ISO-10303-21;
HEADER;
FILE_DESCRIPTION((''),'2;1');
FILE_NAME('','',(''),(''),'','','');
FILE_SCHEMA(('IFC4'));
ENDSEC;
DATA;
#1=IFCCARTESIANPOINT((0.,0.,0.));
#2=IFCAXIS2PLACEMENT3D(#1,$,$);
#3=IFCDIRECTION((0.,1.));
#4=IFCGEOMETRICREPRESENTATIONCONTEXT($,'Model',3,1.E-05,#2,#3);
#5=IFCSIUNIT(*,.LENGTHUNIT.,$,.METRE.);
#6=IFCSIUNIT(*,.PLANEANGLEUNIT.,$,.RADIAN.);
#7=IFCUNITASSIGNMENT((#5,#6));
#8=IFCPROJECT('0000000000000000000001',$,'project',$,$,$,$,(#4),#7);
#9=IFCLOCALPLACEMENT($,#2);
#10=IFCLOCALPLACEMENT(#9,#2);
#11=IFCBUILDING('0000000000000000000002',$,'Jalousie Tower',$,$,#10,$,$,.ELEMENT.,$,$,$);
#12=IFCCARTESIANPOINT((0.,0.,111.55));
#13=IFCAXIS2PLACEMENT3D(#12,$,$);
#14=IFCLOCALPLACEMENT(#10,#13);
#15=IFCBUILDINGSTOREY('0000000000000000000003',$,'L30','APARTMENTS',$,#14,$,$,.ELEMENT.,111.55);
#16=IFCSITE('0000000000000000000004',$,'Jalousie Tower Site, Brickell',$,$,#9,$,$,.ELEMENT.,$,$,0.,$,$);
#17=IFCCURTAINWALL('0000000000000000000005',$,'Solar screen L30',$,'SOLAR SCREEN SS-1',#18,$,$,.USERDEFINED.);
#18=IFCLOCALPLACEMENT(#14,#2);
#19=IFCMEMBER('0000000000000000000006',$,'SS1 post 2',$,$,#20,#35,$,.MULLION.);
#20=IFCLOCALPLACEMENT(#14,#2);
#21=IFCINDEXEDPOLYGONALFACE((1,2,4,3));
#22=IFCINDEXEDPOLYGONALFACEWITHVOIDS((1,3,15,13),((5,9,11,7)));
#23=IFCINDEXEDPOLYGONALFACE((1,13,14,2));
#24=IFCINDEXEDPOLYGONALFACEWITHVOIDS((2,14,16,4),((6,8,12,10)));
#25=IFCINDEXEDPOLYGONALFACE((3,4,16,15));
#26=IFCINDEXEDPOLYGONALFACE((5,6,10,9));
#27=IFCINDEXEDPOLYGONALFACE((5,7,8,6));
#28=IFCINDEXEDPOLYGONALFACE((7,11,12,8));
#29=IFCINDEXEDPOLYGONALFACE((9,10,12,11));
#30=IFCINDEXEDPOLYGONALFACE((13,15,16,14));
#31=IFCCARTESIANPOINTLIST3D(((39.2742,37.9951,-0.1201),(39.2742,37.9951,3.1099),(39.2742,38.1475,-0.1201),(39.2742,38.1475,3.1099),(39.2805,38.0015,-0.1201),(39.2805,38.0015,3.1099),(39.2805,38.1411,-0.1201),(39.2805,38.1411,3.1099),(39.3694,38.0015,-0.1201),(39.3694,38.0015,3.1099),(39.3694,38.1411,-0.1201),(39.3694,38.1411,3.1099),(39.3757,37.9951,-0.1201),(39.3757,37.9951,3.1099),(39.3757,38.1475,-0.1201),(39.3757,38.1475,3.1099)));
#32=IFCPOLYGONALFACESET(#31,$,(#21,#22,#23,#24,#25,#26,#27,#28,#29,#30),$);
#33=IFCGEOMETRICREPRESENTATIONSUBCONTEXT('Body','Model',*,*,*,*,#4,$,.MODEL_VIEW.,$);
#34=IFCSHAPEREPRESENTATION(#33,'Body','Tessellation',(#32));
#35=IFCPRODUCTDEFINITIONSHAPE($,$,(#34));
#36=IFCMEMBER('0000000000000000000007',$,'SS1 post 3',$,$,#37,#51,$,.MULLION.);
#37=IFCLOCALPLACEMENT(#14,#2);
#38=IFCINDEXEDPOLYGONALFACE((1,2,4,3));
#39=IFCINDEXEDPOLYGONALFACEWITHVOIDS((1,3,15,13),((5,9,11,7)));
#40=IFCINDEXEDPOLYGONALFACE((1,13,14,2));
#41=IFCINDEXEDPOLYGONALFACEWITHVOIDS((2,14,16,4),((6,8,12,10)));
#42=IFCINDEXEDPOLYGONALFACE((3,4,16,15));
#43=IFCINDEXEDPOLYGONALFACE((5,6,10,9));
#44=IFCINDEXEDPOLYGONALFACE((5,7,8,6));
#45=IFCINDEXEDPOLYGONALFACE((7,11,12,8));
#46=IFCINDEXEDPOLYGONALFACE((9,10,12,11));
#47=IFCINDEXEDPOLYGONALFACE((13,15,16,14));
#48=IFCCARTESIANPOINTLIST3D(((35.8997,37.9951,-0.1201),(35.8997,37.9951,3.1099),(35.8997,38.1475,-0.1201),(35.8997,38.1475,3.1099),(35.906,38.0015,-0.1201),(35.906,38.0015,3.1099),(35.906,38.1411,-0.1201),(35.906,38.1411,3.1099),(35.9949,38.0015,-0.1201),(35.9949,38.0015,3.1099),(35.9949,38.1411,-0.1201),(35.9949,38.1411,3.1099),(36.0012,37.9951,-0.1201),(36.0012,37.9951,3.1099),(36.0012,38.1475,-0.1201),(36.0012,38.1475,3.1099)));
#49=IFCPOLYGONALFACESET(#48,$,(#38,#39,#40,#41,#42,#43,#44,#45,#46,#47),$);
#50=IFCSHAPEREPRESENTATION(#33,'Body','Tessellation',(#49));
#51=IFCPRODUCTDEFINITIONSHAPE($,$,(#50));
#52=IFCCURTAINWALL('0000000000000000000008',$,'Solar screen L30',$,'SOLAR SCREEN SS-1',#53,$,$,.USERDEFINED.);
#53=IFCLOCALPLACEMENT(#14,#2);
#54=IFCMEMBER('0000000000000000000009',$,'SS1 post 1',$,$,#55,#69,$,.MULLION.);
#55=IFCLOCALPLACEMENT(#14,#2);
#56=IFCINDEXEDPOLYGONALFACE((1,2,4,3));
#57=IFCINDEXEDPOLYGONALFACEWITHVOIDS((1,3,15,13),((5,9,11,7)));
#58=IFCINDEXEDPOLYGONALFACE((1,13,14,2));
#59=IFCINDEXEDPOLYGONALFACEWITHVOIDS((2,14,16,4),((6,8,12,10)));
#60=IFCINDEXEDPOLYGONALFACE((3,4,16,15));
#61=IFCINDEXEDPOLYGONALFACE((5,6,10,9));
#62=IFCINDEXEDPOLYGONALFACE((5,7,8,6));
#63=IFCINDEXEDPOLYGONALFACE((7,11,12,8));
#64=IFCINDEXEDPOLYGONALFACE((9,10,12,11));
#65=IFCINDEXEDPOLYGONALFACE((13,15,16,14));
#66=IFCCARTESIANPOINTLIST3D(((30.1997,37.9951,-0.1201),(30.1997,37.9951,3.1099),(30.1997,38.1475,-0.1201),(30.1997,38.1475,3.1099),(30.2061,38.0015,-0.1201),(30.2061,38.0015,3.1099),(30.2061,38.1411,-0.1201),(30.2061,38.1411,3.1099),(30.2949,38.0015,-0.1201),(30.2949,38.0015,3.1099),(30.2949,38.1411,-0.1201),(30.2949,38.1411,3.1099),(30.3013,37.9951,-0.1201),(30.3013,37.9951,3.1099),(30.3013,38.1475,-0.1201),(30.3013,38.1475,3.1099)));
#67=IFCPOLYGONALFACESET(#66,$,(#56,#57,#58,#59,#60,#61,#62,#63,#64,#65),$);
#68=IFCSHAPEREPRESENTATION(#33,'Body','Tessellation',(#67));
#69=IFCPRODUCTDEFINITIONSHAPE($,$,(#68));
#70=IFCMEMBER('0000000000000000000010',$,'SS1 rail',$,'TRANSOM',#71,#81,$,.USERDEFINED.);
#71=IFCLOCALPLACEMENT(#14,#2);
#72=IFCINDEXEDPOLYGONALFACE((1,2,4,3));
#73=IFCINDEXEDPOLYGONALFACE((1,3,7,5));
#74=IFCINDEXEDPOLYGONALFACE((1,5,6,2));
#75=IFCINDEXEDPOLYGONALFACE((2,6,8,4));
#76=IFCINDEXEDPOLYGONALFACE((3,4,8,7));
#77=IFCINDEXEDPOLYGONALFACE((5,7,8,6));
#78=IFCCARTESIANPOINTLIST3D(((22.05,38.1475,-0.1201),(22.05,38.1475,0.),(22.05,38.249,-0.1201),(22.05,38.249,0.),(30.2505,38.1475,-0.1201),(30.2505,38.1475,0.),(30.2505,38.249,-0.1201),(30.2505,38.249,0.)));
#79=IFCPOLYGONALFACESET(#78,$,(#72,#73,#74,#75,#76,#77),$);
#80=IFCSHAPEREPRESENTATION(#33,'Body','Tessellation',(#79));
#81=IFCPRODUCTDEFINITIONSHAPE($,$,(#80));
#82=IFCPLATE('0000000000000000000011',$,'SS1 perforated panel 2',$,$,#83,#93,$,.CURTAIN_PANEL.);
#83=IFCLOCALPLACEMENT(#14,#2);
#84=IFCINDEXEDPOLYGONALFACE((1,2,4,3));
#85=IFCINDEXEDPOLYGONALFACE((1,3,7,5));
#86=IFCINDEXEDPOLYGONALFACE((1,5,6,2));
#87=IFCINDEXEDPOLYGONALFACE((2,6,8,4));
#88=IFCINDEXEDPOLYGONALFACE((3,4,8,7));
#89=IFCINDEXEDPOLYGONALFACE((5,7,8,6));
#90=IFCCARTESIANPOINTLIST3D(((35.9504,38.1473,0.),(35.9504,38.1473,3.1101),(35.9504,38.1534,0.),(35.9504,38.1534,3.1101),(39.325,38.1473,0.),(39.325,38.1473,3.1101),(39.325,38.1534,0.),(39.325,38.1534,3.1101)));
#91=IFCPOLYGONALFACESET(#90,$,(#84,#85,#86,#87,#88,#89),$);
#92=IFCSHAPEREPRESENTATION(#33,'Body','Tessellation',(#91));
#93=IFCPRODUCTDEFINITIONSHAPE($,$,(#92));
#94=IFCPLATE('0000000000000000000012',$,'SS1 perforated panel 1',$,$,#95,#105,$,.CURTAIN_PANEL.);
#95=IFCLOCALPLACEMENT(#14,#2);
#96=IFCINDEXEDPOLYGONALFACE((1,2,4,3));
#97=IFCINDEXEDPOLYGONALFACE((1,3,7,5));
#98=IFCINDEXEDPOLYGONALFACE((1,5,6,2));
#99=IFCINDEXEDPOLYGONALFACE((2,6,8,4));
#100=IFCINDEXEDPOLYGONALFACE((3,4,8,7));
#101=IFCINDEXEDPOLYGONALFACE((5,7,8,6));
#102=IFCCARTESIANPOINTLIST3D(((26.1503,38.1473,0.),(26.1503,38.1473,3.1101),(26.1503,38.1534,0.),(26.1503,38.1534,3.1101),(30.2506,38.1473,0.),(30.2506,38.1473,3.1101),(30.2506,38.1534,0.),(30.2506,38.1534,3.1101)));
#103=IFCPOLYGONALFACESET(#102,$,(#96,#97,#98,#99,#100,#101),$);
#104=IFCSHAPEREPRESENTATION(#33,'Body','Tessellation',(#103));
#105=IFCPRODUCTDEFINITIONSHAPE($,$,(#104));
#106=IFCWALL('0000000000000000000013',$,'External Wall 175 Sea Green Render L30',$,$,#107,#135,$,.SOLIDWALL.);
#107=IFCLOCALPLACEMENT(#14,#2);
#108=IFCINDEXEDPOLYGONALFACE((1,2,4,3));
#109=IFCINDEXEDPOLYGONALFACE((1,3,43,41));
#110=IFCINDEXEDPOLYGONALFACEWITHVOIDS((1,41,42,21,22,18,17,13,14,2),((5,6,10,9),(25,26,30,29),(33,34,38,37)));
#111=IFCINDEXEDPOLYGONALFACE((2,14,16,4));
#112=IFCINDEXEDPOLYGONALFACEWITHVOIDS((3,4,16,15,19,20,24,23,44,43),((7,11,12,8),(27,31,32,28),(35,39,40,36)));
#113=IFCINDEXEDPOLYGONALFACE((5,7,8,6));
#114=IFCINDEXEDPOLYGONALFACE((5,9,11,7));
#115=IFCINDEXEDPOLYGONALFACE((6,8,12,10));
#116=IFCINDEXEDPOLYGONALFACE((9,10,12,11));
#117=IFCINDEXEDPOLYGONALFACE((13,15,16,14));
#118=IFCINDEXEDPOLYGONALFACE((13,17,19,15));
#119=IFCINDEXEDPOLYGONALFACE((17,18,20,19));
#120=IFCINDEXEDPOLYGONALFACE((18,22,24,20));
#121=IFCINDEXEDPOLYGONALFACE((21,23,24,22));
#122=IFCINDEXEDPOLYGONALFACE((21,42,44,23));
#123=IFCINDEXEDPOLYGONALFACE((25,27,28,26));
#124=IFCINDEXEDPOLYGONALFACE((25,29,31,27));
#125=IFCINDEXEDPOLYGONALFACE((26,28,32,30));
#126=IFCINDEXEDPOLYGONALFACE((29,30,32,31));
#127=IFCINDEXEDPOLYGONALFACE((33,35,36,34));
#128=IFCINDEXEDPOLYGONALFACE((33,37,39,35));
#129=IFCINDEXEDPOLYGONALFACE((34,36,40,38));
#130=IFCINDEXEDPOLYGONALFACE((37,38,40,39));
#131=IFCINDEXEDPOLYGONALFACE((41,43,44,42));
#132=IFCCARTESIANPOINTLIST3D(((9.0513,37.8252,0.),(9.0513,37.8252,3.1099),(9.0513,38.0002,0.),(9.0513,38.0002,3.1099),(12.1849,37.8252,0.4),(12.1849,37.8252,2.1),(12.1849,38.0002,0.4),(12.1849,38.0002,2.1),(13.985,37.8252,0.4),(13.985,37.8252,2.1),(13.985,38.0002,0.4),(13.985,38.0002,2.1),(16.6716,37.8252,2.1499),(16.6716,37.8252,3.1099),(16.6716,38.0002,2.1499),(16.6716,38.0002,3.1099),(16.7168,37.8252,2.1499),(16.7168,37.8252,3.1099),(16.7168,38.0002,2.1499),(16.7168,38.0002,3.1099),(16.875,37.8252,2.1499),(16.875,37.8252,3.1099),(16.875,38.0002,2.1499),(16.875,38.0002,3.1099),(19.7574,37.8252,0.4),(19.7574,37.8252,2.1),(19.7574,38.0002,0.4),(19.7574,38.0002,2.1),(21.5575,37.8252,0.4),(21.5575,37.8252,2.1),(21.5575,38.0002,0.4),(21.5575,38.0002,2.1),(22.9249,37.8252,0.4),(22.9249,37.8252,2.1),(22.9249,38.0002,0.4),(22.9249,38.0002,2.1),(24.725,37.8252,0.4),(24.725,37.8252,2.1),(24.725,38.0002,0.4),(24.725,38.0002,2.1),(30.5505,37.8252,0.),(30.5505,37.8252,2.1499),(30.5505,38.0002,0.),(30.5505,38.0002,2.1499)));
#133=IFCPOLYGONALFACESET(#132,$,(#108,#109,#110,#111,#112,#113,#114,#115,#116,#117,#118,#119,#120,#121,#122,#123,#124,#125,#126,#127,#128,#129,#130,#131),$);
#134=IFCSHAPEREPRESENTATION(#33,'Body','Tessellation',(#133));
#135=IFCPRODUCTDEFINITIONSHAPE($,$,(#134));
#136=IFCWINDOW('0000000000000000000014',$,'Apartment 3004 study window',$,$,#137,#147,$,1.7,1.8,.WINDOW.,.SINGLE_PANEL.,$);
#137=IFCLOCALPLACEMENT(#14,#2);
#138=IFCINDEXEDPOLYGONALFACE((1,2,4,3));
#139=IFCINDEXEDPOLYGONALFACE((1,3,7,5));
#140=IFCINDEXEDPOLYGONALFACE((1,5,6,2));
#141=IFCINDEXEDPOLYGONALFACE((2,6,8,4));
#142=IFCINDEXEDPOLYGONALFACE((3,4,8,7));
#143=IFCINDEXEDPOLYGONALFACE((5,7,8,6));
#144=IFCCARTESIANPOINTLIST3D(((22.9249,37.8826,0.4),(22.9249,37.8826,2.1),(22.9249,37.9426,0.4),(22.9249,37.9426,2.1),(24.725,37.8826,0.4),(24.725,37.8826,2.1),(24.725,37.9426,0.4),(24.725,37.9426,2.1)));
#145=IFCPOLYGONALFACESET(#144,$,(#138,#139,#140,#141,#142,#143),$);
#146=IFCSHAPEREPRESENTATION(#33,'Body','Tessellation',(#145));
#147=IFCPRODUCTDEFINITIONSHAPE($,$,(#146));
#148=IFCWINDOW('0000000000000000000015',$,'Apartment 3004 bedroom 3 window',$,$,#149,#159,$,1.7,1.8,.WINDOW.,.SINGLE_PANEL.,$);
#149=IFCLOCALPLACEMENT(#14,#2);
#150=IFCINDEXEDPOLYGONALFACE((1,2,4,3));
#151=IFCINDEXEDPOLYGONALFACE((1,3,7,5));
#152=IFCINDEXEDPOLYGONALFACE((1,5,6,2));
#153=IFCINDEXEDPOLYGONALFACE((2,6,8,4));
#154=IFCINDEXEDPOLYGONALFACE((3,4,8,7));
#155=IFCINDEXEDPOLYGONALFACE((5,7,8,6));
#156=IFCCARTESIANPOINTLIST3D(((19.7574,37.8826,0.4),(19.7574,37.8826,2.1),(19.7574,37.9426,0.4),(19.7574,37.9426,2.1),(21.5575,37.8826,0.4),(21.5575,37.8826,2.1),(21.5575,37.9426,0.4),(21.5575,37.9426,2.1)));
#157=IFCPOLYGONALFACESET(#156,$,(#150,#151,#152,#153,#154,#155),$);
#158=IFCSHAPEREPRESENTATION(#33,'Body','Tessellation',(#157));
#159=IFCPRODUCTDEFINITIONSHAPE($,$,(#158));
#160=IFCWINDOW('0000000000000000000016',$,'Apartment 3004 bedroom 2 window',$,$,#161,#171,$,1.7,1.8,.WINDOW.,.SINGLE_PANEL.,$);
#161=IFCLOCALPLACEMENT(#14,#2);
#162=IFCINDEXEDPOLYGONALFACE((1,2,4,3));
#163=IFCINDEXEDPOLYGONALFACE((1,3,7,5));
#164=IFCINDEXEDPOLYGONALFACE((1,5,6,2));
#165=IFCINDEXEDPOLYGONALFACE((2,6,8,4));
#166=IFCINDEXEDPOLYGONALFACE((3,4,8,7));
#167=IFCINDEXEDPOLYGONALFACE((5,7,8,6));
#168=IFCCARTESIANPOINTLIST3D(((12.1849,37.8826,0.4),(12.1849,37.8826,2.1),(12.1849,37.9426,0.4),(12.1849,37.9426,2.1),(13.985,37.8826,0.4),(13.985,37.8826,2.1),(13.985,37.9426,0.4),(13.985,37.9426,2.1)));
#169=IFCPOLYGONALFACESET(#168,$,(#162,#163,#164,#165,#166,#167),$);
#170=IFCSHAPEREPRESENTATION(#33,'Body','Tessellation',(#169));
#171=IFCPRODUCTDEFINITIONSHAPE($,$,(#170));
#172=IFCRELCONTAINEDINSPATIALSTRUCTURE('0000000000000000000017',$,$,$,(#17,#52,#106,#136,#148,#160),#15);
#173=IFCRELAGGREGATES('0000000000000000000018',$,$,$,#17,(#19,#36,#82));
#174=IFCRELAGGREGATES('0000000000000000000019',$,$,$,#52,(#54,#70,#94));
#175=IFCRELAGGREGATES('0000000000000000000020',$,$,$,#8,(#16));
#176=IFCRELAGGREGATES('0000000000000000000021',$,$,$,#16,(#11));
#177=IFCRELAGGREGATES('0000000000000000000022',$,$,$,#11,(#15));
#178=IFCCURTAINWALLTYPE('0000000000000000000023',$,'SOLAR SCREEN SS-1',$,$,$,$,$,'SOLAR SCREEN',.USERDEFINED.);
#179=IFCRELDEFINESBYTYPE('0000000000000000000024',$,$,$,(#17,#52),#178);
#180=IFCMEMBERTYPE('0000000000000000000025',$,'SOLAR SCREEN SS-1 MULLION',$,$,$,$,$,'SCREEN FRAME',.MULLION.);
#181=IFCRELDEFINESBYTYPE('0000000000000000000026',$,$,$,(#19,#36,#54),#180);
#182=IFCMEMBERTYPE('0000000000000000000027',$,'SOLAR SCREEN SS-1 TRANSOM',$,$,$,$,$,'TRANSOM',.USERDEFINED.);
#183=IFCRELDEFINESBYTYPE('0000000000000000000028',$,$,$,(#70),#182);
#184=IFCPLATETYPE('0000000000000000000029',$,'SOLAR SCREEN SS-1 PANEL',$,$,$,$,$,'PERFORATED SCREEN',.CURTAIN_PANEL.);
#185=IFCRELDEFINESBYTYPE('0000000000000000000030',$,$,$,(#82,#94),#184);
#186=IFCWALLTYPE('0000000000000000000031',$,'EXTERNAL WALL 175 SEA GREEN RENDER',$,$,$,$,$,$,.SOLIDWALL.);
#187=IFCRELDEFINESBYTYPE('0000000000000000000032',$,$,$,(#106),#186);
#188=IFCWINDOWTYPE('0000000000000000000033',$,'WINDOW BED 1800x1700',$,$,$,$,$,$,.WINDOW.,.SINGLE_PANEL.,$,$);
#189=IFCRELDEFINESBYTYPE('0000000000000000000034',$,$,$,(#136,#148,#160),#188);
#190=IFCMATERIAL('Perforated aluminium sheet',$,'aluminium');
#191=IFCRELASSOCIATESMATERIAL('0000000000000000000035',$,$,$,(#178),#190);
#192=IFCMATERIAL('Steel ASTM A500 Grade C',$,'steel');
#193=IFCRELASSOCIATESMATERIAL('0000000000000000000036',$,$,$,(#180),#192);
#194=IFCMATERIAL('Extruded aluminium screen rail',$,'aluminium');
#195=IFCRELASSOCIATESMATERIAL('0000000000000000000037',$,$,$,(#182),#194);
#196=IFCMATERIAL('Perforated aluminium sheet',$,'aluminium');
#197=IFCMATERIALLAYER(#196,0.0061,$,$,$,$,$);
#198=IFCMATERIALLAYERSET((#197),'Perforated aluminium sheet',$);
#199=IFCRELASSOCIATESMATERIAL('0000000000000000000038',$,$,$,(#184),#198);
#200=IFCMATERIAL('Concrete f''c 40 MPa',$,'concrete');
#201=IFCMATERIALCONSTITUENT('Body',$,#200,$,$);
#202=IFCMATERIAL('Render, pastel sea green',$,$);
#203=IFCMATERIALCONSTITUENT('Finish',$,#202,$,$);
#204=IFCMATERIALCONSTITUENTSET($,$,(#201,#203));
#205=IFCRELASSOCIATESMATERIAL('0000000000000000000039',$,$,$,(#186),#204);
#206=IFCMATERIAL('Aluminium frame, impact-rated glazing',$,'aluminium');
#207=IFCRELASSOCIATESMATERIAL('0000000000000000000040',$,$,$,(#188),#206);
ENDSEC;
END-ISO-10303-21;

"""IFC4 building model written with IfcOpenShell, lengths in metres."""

from ifc_helpers import new_model, si_unit, direction, frame, frame_2d, origin, origin_2d, place, context, subcontext, project, spatial, polyline, rectangle, hollow_rectangle, outline, extrude, material, layer, layer_set, constituent, constituent_set, material_profile, profile_set, type_object, element, fill, aggregate, save


model = new_model("IFC4")

# Units and contexts
model_context = context("Model", 3, precision=1e-05, world=origin(), true_north=direction((0.0, 1.0)))
body_context = subcontext(model_context, "Body", "Model", "MODEL_VIEW")
ifc_project = project(units=[si_unit("LENGTHUNIT", "METRE"), si_unit("PLANEANGLEUNIT", "RADIAN")], contexts=[model_context])

# Site, building, storey
site_placement = place(None, origin())
site = spatial("IfcSite", under=ifc_project, at=site_placement, Name="Jalousie Tower Site, Brickell", CompositionType="ELEMENT", RefElevation=0.0)
building_placement = place(site_placement, origin())
building = spatial("IfcBuilding", under=site, at=building_placement, Name="Jalousie Tower", CompositionType="ELEMENT")
storey_placement = place(building_placement, frame((0.0, 0.0, 111.55)))
storey = spatial("IfcBuildingStorey", under=building, at=storey_placement, Name="L30", Description="APARTMENTS", CompositionType="ELEMENT", Elevation=111.55)

# Curtain walls, members
ifc_material_1 = material(Name="Perforated aluminium sheet", Category="aluminium")
curtain_wall_type = type_object("IfcCurtainWallType", Name="SOLAR SCREEN SS-1", ElementType="SOLAR SCREEN", PredefinedType="USERDEFINED", material=ifc_material_1)
curtain_wall_1_placement = place(storey_placement, origin())
curtain_wall_1 = element("IfcCurtainWall", 1, at=curtain_wall_1_placement, inside=storey, type_object=curtain_wall_type, Name="Solar screen L30", ObjectType="SOLAR SCREEN SS-1", PredefinedType="USERDEFINED")
ifc_material_2 = material(Name="Steel ASTM A500 Grade C", Category="steel")
ifc_material_profile_1 = material_profile(ifc_material_2, hollow_rectangle(XDim=0.1016, YDim=0.1523, WallThickness=0.0063, at=origin_2d()), Name="HSS6X4X1/4")
ifc_profile_set_1 = profile_set([ifc_material_profile_1], Name="Steel ASTM A500 Grade C")
member_type_1 = type_object("IfcMemberType", Name="SOLAR SCREEN SS-1 MULLION", ElementType="SCREEN FRAME", PredefinedType="MULLION", material=ifc_profile_set_1)
member_1_placement = place(storey_placement, frame((39.325, 38.0713, -0.1201), z_axis=(0.0, 0.0, 1.0), x_axis=(-1.0, 0.0, 0.0)))
member_1 = element("IfcMember", 2, at=member_1_placement, type_object=member_type_1, Name="SS1 post 2", PredefinedType="MULLION", context=body_context, shape_type="SweptSolid", body=[
    extrude(hollow_rectangle(XDim=0.1016, YDim=0.1523, WallThickness=0.0063, at=origin_2d()), origin(), (0.0, 0.0, 1.0), 3.23),
])
member_2_placement = place(storey_placement, frame((35.9504, 38.0713, -0.1201), z_axis=(0.0, 0.0, 1.0), x_axis=(-1.0, 0.0, 0.0)))
member_2 = element("IfcMember", 3, at=member_2_placement, type_object=member_type_1, Name="SS1 post 3", PredefinedType="MULLION", context=body_context, shape_type="SweptSolid", body=[
    extrude(hollow_rectangle(XDim=0.1016, YDim=0.1523, WallThickness=0.0063, at=origin_2d()), origin(), (0.0, 0.0, 1.0), 3.23),
])
curtain_wall_2_placement = place(storey_placement, origin())
curtain_wall_2 = element("IfcCurtainWall", 4, at=curtain_wall_2_placement, inside=storey, type_object=curtain_wall_type, Name="Solar screen L30", ObjectType="SOLAR SCREEN SS-1", PredefinedType="USERDEFINED")
member_3_placement = place(storey_placement, frame((30.2505, 38.0713, -0.1201), z_axis=(0.0, 0.0, 1.0), x_axis=(-1.0, 0.0, 0.0)))
member_3 = element("IfcMember", 5, at=member_3_placement, type_object=member_type_1, Name="SS1 post 1", PredefinedType="MULLION", context=body_context, shape_type="SweptSolid", body=[
    extrude(hollow_rectangle(XDim=0.1016, YDim=0.1523, WallThickness=0.0063, at=origin_2d()), origin(), (0.0, 0.0, 1.0), 3.23),
])
ifc_material_3 = material(Name="Extruded aluminium screen rail", Category="aluminium")
ifc_material_profile_2 = material_profile(ifc_material_3, rectangle(XDim=0.1016, YDim=0.1201, at=origin_2d()), Name="RAIL 102x120")
ifc_profile_set_2 = profile_set([ifc_material_profile_2], Name="Extruded aluminium screen rail")
member_type_2 = type_object("IfcMemberType", Name="SOLAR SCREEN SS-1 TRANSOM", ElementType="TRANSOM", PredefinedType="USERDEFINED", material=ifc_profile_set_2)
member_4_placement = place(storey_placement, frame((30.2505, 38.1982, -0.0601), z_axis=(-1.0, 0.0, 0.0), x_axis=(0.0, -1.0, 0.0)))
member_4 = element("IfcMember", 6, at=member_4_placement, type_object=member_type_2, Name="SS1 rail", ObjectType="TRANSOM", PredefinedType="USERDEFINED", context=body_context, shape_type="SweptSolid", body=[
    extrude(rectangle(XDim=0.1016, YDim=0.1201, at=origin_2d()), origin(), (0.0, 0.0, 1.0), 8.2004),
])

# Plates
ifc_material_4 = material(Name="Perforated aluminium sheet", Category="aluminium")
ifc_layer_1 = layer(ifc_material_4, 0.0061)
ifc_layer_set_1 = layer_set([ifc_layer_1], Name="Perforated aluminium sheet")
plate_type = type_object("IfcPlateType", Name="SOLAR SCREEN SS-1 PANEL", ElementType="PERFORATED SCREEN", PredefinedType="CURTAIN_PANEL", material=ifc_layer_set_1)
plate_1_placement = place(storey_placement, frame((37.6377, 38.1504, 0.0), z_axis=(0.0, 0.0, 1.0), x_axis=(-1.0, 0.0, 0.0)))
plate_1 = element("IfcPlate", 7, at=plate_1_placement, type_object=plate_type, Name="SS1 perforated panel 2", PredefinedType="CURTAIN_PANEL", context=body_context, shape_type="SweptSolid", body=[
    extrude(rectangle(XDim=3.3745, YDim=0.0061, at=origin_2d()), origin(), (0.0, 0.0, 1.0), 3.1101),
])
aggregate(curtain_wall_1, [member_1, member_2, plate_1])
plate_2_placement = place(storey_placement, frame((28.2004, 38.1504, 0.0), z_axis=(0.0, 0.0, 1.0), x_axis=(-1.0, 0.0, 0.0)))
plate_2 = element("IfcPlate", 8, at=plate_2_placement, type_object=plate_type, Name="SS1 perforated panel 1", PredefinedType="CURTAIN_PANEL", context=body_context, shape_type="SweptSolid", body=[
    extrude(rectangle(XDim=4.1003, YDim=0.0061, at=origin_2d()), origin(), (0.0, 0.0, 1.0), 3.1101),
])
aggregate(curtain_wall_2, [member_3, member_4, plate_2])

# Wall, openings, windows
ifc_material_5 = material(Name="Concrete f'c 40 MPa", Category="concrete")
ifc_constituent_1 = constituent(ifc_material_5, Name="Body")
ifc_material_6 = material(Name="Render, pastel sea green")
ifc_constituent_2 = constituent(ifc_material_6, Name="Finish")
ifc_constituent_set_1 = constituent_set(constituents=[ifc_constituent_1, ifc_constituent_2])
wall_type_1 = type_object("IfcWallType", Name="EXTERNAL WALL 175 SEA GREEN RENDER", PredefinedType="SOLIDWALL", material=ifc_constituent_set_1)
wall_1_placement = place(storey_placement, frame((30.5505, 37.9126, 0.0), z_axis=(0.0, 0.0, 1.0), x_axis=(-1.0, 0.0, 0.0)))
wall_1 = element("IfcWall", 9, at=wall_1_placement, inside=storey, type_object=wall_type_1, Name="External Wall 175 Sea Green Render L30", PredefinedType="SOLIDWALL", context=body_context, shape_type="SweptSolid", body=[
    extrude(outline(polyline([(0.0, 0.0), (21.4993, 0.0), (21.4993, 3.1099), (13.8789, 3.1099), (13.8789, 2.1499), (13.8337, 2.1499), (13.8337, 3.1099), (13.6755, 3.1099), (13.6755, 2.1499), (0.0, 2.1499), (0.0, 0.0)])), frame((0.0, 0.0874, 0.0), z_axis=(0.0, -1.0, 0.0), x_axis=(1.0, 0.0, 0.0)), (0.0, 0.0, 1.0), 0.175),
])
opening_1_placement = place(wall_1_placement, frame((5.8257, 0.0, 0.3999)))
opening_1 = element("IfcOpeningElement", 10, at=opening_1_placement, cuts=wall_1, PredefinedType="OPENING", context=body_context, shape_type="SweptSolid", body=[
    extrude(rectangle(XDim=1.8, YDim=1.7, at=frame_2d((0.8999, 0.8501))), frame((0.0, 0.0974, 0.0), z_axis=(0.0, -1.0, 0.0), x_axis=(1.0, 0.0, 0.0)), (0.0, 0.0, 1.0), 0.1951),
])
opening_2_placement = place(wall_1_placement, frame((8.9932, 0.0, 0.3999)))
opening_2 = element("IfcOpeningElement", 11, at=opening_2_placement, cuts=wall_1, PredefinedType="OPENING", context=body_context, shape_type="SweptSolid", body=[
    extrude(rectangle(XDim=1.8, YDim=1.7, at=frame_2d((0.8999, 0.8501))), frame((0.0, 0.0974, 0.0), z_axis=(0.0, -1.0, 0.0), x_axis=(1.0, 0.0, 0.0)), (0.0, 0.0, 1.0), 0.1951),
])
opening_3_placement = place(wall_1_placement, frame((16.5657, 0.0, 0.3999)))
opening_3 = element("IfcOpeningElement", 12, at=opening_3_placement, cuts=wall_1, PredefinedType="OPENING", context=body_context, shape_type="SweptSolid", body=[
    extrude(rectangle(XDim=1.8, YDim=1.7, at=frame_2d((0.8999, 0.8501))), frame((0.0, 0.0974, 0.0), z_axis=(0.0, -1.0, 0.0), x_axis=(1.0, 0.0, 0.0)), (0.0, 0.0, 1.0), 0.1951),
])
ifc_material_7 = material(Name="Aluminium frame, impact-rated glazing", Category="aluminium")
window_type = type_object("IfcWindowType", Name="WINDOW BED 1800x1700", PartitioningType="SINGLE_PANEL", PredefinedType="WINDOW", material=ifc_material_7)
window_1_placement = place(opening_1_placement, origin())
window_1 = element("IfcWindow", 13, at=window_1_placement, inside=storey, type_object=window_type, Name="Apartment 3004 study window", OverallHeight=1.7, OverallWidth=1.8, PartitioningType="SINGLE_PANEL", PredefinedType="WINDOW", context=body_context, shape_type="SweptSolid", body=[
    extrude(rectangle(XDim=1.8, YDim=1.7, at=frame_2d((0.8999, 0.8501))), frame((0.0, 0.03, 0.0), z_axis=(0.0, -1.0, 0.0), x_axis=(1.0, 0.0, 0.0)), (0.0, 0.0, 1.0), 0.0601),
])
fill(opening_1, window_1)
window_2_placement = place(opening_2_placement, origin())
window_2 = element("IfcWindow", 14, at=window_2_placement, inside=storey, type_object=window_type, Name="Apartment 3004 bedroom 3 window", OverallHeight=1.7, OverallWidth=1.8, PartitioningType="SINGLE_PANEL", PredefinedType="WINDOW", context=body_context, shape_type="SweptSolid", body=[
    extrude(rectangle(XDim=1.8, YDim=1.7, at=frame_2d((0.8999, 0.8501))), frame((0.0, 0.03, 0.0), z_axis=(0.0, -1.0, 0.0), x_axis=(1.0, 0.0, 0.0)), (0.0, 0.0, 1.0), 0.0601),
])
fill(opening_2, window_2)
window_3_placement = place(opening_3_placement, origin())
window_3 = element("IfcWindow", 15, at=window_3_placement, inside=storey, type_object=window_type, Name="Apartment 3004 bedroom 2 window", OverallHeight=1.7, OverallWidth=1.8, PartitioningType="SINGLE_PANEL", PredefinedType="WINDOW", context=body_context, shape_type="SweptSolid", body=[
    extrude(rectangle(XDim=1.8, YDim=1.7, at=frame_2d((0.8999, 0.8501))), frame((0.0, 0.03, 0.0), z_axis=(0.0, -1.0, 0.0), x_axis=(1.0, 0.0, 0.0)), (0.0, 0.0, 1.0), 0.0601),
])
fill(opening_3, window_3)

save(model, "model.ifc")
